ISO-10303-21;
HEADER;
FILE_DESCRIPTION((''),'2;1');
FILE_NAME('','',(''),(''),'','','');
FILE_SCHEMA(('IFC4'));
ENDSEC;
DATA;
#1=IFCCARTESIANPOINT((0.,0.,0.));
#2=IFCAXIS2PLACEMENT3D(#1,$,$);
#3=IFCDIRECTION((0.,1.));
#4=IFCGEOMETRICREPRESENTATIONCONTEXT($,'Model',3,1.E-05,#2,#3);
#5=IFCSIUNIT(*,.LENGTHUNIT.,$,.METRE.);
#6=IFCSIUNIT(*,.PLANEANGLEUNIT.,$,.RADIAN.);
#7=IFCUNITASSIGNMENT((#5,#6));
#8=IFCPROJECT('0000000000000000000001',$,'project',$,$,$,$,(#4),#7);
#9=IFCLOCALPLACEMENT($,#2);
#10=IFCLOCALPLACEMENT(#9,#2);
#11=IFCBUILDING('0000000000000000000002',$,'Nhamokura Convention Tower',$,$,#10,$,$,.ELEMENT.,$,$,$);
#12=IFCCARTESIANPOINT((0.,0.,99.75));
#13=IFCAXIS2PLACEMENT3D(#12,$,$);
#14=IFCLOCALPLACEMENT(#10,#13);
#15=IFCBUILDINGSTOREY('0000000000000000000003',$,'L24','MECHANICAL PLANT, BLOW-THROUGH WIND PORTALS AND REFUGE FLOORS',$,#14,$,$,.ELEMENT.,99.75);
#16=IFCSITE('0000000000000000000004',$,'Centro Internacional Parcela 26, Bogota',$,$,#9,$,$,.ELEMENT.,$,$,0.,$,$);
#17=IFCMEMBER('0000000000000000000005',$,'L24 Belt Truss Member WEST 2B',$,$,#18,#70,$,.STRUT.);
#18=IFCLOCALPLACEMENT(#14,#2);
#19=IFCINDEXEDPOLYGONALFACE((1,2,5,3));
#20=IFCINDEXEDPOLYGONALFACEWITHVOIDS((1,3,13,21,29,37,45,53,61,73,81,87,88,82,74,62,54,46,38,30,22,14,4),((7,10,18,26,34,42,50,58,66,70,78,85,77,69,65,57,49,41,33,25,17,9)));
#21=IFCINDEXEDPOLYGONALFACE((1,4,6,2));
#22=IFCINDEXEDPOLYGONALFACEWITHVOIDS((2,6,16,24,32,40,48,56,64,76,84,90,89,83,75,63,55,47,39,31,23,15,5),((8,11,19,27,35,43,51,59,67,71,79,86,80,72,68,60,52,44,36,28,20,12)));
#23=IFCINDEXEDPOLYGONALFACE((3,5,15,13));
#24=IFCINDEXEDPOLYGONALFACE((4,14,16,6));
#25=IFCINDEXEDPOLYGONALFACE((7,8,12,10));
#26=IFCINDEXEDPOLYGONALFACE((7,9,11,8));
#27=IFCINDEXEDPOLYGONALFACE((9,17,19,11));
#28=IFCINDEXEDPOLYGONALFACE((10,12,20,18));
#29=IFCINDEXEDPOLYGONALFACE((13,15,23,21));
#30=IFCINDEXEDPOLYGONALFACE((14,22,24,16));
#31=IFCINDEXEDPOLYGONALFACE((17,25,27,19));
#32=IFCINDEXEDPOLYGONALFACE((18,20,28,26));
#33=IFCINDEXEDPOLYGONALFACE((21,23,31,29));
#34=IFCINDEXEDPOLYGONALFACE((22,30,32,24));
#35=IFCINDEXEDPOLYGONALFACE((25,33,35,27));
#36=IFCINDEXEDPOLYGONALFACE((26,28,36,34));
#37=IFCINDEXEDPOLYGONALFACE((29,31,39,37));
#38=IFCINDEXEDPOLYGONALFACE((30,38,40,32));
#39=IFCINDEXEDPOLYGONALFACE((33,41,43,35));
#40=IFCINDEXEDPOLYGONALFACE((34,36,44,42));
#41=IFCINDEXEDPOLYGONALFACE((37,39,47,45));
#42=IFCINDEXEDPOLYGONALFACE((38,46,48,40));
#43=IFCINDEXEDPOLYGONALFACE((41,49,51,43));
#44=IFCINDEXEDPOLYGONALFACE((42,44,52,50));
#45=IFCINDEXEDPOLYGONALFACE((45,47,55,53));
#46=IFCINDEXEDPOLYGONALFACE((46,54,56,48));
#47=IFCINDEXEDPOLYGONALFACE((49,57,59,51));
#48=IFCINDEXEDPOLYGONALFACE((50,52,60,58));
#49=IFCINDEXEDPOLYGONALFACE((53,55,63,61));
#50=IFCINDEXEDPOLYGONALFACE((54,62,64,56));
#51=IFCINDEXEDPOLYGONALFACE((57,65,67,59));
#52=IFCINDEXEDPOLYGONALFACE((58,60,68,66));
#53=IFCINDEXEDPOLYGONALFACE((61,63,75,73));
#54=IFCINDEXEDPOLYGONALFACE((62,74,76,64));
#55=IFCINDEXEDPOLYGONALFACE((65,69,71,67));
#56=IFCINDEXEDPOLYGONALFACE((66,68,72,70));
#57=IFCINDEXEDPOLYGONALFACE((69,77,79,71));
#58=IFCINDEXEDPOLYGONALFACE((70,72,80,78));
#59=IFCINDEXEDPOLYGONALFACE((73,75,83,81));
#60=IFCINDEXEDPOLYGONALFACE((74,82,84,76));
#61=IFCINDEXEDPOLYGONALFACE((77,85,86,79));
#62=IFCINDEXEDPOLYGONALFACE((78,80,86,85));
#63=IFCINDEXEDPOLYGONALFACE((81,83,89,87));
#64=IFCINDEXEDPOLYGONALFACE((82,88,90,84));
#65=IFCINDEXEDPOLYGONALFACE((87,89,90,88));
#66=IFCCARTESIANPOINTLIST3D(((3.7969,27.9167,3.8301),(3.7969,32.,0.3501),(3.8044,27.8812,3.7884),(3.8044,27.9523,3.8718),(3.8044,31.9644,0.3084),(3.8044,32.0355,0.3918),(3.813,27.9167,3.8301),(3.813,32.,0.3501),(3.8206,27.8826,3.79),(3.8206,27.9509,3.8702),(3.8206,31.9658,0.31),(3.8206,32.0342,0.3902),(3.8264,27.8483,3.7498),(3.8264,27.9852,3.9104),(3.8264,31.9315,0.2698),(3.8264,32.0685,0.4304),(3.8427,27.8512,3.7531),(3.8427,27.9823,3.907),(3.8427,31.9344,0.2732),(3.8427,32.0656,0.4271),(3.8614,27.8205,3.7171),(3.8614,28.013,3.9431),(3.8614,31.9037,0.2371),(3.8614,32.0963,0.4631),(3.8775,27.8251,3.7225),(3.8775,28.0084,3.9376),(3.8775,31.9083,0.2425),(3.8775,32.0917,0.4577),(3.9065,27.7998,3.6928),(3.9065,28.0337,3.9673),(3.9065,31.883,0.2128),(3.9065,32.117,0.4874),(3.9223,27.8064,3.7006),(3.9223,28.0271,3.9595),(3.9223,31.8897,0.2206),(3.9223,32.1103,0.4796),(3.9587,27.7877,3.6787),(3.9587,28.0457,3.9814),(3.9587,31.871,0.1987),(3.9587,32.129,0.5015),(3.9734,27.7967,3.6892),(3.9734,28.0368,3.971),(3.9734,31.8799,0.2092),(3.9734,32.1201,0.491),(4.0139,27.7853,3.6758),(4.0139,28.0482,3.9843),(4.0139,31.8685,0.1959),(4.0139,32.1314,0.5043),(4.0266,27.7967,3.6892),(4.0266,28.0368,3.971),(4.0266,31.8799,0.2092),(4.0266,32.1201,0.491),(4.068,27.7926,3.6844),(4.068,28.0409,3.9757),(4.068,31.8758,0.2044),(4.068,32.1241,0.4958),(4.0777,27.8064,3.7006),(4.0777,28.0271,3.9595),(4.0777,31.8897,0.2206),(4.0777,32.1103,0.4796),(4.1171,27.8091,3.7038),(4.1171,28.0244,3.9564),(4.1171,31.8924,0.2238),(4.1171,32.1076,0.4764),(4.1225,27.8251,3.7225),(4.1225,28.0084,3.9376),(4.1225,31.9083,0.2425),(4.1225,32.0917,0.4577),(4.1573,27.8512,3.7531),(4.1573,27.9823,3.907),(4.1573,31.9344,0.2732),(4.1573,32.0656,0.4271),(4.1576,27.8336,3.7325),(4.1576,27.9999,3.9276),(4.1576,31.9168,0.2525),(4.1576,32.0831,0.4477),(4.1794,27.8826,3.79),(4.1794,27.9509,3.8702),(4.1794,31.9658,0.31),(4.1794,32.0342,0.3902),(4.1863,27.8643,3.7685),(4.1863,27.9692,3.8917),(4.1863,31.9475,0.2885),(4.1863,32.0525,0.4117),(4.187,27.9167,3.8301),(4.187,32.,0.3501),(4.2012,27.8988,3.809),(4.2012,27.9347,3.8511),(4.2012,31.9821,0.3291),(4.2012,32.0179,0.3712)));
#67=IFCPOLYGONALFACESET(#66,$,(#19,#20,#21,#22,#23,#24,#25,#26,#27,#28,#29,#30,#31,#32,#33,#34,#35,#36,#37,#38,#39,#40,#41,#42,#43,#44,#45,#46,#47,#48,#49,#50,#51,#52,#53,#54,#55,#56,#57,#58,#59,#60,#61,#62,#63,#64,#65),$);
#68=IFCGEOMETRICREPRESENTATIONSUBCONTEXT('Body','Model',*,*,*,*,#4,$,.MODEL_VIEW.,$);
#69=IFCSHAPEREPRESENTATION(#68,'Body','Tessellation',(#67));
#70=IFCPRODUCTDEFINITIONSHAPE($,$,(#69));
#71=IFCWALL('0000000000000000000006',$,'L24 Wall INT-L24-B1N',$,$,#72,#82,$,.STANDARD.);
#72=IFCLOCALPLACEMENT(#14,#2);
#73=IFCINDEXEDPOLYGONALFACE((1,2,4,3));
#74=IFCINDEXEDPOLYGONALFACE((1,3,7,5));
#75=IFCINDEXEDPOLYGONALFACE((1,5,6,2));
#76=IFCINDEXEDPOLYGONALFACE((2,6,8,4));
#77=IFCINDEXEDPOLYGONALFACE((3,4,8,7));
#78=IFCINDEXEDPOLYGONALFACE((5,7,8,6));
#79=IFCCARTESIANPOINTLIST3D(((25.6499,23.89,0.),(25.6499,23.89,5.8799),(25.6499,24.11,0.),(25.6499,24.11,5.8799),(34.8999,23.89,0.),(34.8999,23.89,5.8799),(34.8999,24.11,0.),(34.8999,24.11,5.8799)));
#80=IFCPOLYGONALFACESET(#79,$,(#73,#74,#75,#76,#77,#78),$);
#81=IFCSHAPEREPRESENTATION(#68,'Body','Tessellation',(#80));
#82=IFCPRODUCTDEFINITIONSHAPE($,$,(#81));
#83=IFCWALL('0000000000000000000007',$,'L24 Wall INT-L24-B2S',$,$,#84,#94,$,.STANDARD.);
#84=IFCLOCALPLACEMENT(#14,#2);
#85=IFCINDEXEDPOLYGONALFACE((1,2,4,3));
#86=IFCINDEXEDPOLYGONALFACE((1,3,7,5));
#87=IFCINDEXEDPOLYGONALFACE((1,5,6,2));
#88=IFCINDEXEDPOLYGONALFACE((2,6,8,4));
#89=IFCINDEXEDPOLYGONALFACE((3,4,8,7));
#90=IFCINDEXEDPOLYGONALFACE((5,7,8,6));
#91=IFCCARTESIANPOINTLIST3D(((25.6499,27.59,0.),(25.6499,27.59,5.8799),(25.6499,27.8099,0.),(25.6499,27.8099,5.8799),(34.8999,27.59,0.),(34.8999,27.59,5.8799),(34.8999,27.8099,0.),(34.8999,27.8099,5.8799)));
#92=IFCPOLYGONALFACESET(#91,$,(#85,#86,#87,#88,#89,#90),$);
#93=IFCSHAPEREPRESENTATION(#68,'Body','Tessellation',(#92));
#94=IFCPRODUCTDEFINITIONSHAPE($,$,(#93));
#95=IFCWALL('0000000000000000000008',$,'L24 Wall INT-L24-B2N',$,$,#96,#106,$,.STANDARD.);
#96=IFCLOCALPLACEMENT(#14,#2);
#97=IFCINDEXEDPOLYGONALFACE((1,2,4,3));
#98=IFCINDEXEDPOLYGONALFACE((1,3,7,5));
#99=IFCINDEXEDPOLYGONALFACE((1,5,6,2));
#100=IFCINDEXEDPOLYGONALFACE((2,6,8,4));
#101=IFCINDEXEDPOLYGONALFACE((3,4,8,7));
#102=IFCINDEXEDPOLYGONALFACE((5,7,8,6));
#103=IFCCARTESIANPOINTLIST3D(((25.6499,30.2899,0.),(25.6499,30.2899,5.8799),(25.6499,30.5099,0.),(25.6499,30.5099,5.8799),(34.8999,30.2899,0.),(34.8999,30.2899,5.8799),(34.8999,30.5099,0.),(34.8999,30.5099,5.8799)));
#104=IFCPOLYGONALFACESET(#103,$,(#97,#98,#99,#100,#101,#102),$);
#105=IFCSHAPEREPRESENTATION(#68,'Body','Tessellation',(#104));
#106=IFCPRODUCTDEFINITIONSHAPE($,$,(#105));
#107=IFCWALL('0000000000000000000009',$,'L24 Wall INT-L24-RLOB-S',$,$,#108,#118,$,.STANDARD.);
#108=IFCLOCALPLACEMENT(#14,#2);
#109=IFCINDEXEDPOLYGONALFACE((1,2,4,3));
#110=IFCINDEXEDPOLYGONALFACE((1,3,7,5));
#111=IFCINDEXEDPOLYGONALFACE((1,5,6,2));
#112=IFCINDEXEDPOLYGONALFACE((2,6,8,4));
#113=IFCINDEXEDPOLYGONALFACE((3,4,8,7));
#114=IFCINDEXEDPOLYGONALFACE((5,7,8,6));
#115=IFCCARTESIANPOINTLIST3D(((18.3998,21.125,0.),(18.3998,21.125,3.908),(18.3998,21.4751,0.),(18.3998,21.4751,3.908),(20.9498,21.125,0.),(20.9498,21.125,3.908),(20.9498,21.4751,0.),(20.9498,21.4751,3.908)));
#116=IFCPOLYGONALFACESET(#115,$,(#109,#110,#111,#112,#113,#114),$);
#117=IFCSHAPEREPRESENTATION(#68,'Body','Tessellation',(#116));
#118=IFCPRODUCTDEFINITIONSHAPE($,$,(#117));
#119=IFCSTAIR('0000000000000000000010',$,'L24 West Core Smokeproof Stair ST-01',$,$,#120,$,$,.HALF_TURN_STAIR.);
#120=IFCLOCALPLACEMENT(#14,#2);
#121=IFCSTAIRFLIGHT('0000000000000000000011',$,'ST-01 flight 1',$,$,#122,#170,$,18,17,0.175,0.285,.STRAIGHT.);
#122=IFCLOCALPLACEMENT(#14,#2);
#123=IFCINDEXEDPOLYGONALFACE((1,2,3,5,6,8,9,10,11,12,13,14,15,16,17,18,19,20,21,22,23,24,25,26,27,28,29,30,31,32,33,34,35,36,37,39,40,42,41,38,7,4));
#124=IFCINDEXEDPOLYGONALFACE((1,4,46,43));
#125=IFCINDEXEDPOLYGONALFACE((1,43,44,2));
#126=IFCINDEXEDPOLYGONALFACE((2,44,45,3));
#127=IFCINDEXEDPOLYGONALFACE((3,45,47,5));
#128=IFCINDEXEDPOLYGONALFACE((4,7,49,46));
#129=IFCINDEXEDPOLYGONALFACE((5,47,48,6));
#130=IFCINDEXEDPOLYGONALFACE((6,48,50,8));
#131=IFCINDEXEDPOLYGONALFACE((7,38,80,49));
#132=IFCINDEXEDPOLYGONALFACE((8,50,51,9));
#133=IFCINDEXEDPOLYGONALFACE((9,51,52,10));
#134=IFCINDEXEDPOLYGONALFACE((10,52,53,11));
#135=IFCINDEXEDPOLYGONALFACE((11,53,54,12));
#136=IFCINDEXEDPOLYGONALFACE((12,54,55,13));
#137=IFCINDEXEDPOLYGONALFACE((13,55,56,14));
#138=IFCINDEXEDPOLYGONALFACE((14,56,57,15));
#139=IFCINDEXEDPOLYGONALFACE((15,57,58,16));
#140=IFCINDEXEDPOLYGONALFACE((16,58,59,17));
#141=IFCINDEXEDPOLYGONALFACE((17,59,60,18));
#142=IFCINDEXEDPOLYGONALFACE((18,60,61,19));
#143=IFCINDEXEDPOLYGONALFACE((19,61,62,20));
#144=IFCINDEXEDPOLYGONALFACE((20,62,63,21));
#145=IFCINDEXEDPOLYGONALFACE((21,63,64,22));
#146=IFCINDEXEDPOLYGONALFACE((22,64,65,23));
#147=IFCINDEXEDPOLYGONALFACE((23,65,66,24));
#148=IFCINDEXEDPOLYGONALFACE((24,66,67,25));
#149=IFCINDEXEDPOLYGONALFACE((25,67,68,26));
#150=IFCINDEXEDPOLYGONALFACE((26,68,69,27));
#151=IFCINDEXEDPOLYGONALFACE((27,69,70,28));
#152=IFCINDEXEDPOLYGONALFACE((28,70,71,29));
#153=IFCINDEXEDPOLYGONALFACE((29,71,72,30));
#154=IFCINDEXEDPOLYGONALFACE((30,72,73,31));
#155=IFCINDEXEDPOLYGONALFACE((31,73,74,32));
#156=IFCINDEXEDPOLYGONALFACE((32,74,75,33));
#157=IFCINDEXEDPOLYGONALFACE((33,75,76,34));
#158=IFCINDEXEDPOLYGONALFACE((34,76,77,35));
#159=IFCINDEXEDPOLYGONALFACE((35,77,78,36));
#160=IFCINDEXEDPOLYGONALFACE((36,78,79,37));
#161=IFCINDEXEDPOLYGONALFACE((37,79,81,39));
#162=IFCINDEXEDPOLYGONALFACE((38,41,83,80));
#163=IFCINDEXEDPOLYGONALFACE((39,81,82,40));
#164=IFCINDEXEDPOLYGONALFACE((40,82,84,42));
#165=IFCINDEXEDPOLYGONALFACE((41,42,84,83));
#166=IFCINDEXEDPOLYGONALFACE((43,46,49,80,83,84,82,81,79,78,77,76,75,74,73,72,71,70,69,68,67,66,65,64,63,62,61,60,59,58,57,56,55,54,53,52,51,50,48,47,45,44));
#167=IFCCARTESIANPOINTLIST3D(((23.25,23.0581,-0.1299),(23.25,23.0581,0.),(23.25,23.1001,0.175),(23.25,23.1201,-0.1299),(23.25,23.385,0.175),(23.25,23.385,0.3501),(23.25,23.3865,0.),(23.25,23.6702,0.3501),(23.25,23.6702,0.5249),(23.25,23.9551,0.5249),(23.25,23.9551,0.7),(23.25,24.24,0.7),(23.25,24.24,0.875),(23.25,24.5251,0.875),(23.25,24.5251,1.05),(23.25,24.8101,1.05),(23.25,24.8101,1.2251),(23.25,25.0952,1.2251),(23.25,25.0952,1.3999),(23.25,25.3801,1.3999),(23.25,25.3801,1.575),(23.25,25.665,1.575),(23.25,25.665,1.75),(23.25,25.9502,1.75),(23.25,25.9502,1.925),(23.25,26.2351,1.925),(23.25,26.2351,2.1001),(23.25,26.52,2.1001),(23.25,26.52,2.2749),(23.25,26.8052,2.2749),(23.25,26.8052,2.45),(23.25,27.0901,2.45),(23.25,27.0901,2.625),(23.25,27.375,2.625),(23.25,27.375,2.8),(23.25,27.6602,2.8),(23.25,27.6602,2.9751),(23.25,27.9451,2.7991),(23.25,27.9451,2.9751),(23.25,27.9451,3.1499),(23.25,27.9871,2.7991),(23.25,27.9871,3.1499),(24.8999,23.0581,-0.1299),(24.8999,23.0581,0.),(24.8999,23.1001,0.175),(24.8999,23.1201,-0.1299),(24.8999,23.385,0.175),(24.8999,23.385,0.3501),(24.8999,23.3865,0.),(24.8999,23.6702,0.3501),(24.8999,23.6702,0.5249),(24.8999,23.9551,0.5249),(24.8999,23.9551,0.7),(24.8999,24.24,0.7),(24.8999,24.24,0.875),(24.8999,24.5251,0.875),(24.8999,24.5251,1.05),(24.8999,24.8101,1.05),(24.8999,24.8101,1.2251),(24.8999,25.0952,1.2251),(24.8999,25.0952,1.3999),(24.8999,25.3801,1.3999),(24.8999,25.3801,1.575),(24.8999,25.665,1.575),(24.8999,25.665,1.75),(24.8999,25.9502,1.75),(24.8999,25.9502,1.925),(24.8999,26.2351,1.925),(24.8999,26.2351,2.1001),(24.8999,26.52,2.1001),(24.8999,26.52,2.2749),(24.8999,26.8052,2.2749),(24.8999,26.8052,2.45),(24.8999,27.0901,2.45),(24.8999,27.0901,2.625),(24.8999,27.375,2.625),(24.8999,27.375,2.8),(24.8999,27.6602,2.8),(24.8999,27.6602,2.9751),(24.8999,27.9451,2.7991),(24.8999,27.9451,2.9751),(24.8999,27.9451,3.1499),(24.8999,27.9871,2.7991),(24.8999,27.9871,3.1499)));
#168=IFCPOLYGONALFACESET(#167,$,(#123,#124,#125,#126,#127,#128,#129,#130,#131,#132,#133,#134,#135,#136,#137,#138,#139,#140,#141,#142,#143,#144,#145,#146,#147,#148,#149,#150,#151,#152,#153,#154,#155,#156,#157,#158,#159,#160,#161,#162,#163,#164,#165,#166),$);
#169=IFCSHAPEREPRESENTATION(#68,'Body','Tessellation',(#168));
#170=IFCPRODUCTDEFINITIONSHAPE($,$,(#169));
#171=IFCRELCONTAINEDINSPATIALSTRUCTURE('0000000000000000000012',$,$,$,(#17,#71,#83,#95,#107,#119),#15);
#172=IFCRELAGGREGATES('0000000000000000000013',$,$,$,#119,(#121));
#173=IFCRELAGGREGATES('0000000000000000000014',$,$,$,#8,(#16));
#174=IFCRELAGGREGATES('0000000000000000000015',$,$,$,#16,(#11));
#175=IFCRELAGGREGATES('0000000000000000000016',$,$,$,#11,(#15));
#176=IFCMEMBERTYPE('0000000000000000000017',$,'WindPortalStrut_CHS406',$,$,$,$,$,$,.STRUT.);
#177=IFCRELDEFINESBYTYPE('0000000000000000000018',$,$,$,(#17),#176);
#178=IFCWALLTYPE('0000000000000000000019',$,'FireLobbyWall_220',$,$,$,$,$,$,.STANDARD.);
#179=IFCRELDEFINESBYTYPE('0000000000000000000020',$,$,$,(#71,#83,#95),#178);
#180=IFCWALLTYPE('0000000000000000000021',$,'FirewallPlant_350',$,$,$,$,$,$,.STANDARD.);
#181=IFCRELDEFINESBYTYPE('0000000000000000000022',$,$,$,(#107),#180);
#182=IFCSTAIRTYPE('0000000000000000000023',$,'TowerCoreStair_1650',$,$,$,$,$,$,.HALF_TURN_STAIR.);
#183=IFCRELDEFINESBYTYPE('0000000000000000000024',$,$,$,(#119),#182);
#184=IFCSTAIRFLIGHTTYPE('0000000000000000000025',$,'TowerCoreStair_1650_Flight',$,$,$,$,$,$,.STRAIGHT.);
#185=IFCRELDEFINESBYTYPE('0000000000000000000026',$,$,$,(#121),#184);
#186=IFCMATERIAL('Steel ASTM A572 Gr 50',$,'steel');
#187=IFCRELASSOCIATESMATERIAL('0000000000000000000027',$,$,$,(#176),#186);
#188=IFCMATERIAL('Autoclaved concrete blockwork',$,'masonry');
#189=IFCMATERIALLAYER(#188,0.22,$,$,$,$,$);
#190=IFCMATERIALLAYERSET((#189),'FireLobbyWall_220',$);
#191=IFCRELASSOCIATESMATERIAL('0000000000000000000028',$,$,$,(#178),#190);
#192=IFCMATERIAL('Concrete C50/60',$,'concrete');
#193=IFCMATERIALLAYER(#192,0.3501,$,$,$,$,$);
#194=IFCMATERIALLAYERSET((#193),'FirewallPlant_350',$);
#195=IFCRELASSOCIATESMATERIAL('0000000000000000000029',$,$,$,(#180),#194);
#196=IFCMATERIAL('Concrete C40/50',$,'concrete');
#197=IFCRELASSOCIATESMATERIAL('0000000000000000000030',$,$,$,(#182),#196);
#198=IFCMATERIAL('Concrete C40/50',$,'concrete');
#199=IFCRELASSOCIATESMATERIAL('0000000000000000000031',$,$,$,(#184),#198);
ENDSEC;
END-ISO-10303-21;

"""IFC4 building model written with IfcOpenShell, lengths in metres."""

from ifc_helpers import new_model, si_unit, direction, frame, frame_2d, origin, origin_2d, place, context, subcontext, project, spatial, polyline, rectangle, hollow_circle, outline, extrude, material, layer, layer_set, material_profile, profile_set, type_object, element, aggregate, save


model = new_model("IFC4")

# Units and contexts
model_context = context("Model", 3, precision=1e-05, world=origin(), true_north=direction((0.0, 1.0)))
body_context = subcontext(model_context, "Body", "Model", "MODEL_VIEW")
ifc_project = project(units=[si_unit("LENGTHUNIT", "METRE"), si_unit("PLANEANGLEUNIT", "RADIAN")], contexts=[model_context])

# Site, building, storey
site_placement = place(None, origin())
site = spatial("IfcSite", under=ifc_project, at=site_placement, Name="Centro Internacional Parcela 26, Bogota", CompositionType="ELEMENT", RefElevation=0.0)
building_placement = place(site_placement, origin())
building = spatial("IfcBuilding", under=site, at=building_placement, Name="Nhamokura Convention Tower", CompositionType="ELEMENT")
storey_placement = place(building_placement, frame((0.0, 0.0, 99.75)))
storey = spatial("IfcBuildingStorey", under=building, at=storey_placement, Name="L24", Description="MECHANICAL PLANT, BLOW-THROUGH WIND PORTALS AND REFUGE FLOORS", CompositionType="ELEMENT", Elevation=99.75)

# Member
ifc_material_1 = material(Name="Steel ASTM A572 Gr 50", Category="steel")
ifc_material_profile_1 = material_profile(ifc_material_1, hollow_circle(Radius=0.2031, WallThickness=0.0161, at=origin_2d()))
ifc_profile_set_1 = profile_set([ifc_material_profile_1], Name="Steel ASTM A572 Gr 50")
member_type = type_object("IfcMemberType", Name="WindPortalStrut_CHS406", PredefinedType="STRUT", material=ifc_profile_set_1)
member_1_placement = place(storey_placement, frame((4.0, 27.9167, 3.8301), z_axis=(0.0, 0.761091, -0.648645), x_axis=(-1.0, 0.0, 0.0)))
element("IfcMember", 1, at=member_1_placement, inside=storey, type_object=member_type, Name="L24 Belt Truss Member WEST 2B", PredefinedType="STRUT", context=body_context, shape_type="SweptSolid", body=[
    extrude(hollow_circle(Radius=0.2031, WallThickness=0.0161, at=origin_2d()), origin(), (0.0, 0.0, 1.0), 5.365),
])

# Walls
ifc_material_2 = material(Name="Autoclaved concrete blockwork", Category="masonry")
ifc_layer_1 = layer(ifc_material_2, 0.22)
ifc_layer_set_1 = layer_set([ifc_layer_1], Name="FireLobbyWall_220")
wall_type_1 = type_object("IfcWallType", Name="FireLobbyWall_220", PredefinedType="STANDARD", material=ifc_layer_set_1)
for number, where, z_axis, x_axis, name in (
    (2, (25.6499, 24.0, 0.0), (0.0, 0.0, 1.0), (1.0, 0.0, 0.0), "L24 Wall INT-L24-B1N"),
    (3, (25.6499, 27.7, 0.0), (0.0, 0.0, 1.0), (1.0, 0.0, 0.0), "L24 Wall INT-L24-B2S"),
    (4, (25.6499, 30.3999, 0.0), (0.0, 0.0, 1.0), (1.0, 0.0, 0.0), "L24 Wall INT-L24-B2N"),
):
    element("IfcWall", number, at=place(storey_placement, frame(where, z_axis=z_axis, x_axis=x_axis)), inside=storey, type_object=wall_type_1, Name=name, PredefinedType="STANDARD", context=body_context, shape_type="SweptSolid", body=[
        extrude(rectangle(XDim=9.25, YDim=0.22, at=frame_2d((4.625, 0.0))), origin(), (0.0, 0.0, 1.0), 5.8799),
    ])
ifc_material_3 = material(Name="Concrete C50/60", Category="concrete")
ifc_layer_2 = layer(ifc_material_3, 0.3501)
ifc_layer_set_2 = layer_set([ifc_layer_2], Name="FirewallPlant_350")
wall_type_2 = type_object("IfcWallType", Name="FirewallPlant_350", PredefinedType="STANDARD", material=ifc_layer_set_2)
wall_placement = place(storey_placement, frame((18.3999, 21.3, 0.0), z_axis=(0.0, 0.0, 1.0), x_axis=(1.0, 0.0, 0.0)))
element("IfcWall", 5, at=wall_placement, inside=storey, type_object=wall_type_2, Name="L24 Wall INT-L24-RLOB-S", PredefinedType="STANDARD", context=body_context, shape_type="SweptSolid", body=[
    extrude(rectangle(XDim=2.55, YDim=0.3501, at=frame_2d((1.2749, 0.0))), origin(), (0.0, 0.0, 1.0), 3.908),
])

# Stair, stair flight
ifc_material_4 = material(Name="Concrete C40/50", Category="concrete")
stair_type = type_object("IfcStairType", Name="TowerCoreStair_1650", PredefinedType="HALF_TURN_STAIR", material=ifc_material_4)
stair_placement = place(storey_placement, origin())
stair = element("IfcStair", 6, at=stair_placement, inside=storey, type_object=stair_type, Name="L24 West Core Smokeproof Stair ST-01", PredefinedType="HALF_TURN_STAIR")
ifc_material_5 = material(Name="Concrete C40/50", Category="concrete")
stair_flight_type = type_object("IfcStairFlightType", Name="TowerCoreStair_1650_Flight", PredefinedType="STRAIGHT", material=ifc_material_5)
stair_flight_1_placement = place(storey_placement, frame((24.075, 23.1001, 0.0), z_axis=(0.0, 0.0, 1.0), x_axis=(0.0, 1.0, 0.0)))
stair_flight_1 = element("IfcStairFlight", 7, at=stair_flight_1_placement, type_object=stair_flight_type, Name="ST-01 flight 1", NumberOfRisers=18, NumberOfTreads=17, PredefinedType="STRAIGHT", RiserHeight=0.175, TreadLength=0.285, context=body_context, shape_type="SweptSolid", body=[
    extrude(outline(polyline([(-0.042, 0.0), (0.0, 0.175), (0.2849, 0.175), (0.2849, 0.3501), (0.5701, 0.3501), (0.5701, 0.5249), (0.855, 0.5249), (0.855, 0.7), (1.1399, 0.7), (1.1399, 0.875), (1.425, 0.875), (1.425, 1.05), (1.71, 1.05), (1.71, 1.2251), (1.9951, 1.2251), (1.9951, 1.3999), (2.28, 1.3999), (2.28, 1.575), (2.5649, 1.575), (2.5649, 1.75), (2.8501, 1.75), (2.8501, 1.925), (3.135, 1.925), (3.135, 2.1001), (3.4199, 2.1001), (3.4199, 2.2749), (3.7051, 2.2749), (3.7051, 2.45), (3.99, 2.45), (3.99, 2.625), (4.2749, 2.625), (4.2749, 2.8), (4.5601, 2.8), (4.5601, 2.9751), (4.845, 2.9751), (4.845, 3.1499), (4.887, 3.1499), (4.887, 2.7991), (4.845, 2.7991), (0.2864, 0.0), (0.02, -0.1299), (-0.042, -0.1299), (-0.042, 0.0)])), frame((0.0, 0.825, 0.0), z_axis=(0.0, -1.0, 0.0), x_axis=(1.0, 0.0, 0.0)), (0.0, 0.0, 1.0), 1.6499),
])
aggregate(stair, [stair_flight_1])

save(model, "model.ifc")
